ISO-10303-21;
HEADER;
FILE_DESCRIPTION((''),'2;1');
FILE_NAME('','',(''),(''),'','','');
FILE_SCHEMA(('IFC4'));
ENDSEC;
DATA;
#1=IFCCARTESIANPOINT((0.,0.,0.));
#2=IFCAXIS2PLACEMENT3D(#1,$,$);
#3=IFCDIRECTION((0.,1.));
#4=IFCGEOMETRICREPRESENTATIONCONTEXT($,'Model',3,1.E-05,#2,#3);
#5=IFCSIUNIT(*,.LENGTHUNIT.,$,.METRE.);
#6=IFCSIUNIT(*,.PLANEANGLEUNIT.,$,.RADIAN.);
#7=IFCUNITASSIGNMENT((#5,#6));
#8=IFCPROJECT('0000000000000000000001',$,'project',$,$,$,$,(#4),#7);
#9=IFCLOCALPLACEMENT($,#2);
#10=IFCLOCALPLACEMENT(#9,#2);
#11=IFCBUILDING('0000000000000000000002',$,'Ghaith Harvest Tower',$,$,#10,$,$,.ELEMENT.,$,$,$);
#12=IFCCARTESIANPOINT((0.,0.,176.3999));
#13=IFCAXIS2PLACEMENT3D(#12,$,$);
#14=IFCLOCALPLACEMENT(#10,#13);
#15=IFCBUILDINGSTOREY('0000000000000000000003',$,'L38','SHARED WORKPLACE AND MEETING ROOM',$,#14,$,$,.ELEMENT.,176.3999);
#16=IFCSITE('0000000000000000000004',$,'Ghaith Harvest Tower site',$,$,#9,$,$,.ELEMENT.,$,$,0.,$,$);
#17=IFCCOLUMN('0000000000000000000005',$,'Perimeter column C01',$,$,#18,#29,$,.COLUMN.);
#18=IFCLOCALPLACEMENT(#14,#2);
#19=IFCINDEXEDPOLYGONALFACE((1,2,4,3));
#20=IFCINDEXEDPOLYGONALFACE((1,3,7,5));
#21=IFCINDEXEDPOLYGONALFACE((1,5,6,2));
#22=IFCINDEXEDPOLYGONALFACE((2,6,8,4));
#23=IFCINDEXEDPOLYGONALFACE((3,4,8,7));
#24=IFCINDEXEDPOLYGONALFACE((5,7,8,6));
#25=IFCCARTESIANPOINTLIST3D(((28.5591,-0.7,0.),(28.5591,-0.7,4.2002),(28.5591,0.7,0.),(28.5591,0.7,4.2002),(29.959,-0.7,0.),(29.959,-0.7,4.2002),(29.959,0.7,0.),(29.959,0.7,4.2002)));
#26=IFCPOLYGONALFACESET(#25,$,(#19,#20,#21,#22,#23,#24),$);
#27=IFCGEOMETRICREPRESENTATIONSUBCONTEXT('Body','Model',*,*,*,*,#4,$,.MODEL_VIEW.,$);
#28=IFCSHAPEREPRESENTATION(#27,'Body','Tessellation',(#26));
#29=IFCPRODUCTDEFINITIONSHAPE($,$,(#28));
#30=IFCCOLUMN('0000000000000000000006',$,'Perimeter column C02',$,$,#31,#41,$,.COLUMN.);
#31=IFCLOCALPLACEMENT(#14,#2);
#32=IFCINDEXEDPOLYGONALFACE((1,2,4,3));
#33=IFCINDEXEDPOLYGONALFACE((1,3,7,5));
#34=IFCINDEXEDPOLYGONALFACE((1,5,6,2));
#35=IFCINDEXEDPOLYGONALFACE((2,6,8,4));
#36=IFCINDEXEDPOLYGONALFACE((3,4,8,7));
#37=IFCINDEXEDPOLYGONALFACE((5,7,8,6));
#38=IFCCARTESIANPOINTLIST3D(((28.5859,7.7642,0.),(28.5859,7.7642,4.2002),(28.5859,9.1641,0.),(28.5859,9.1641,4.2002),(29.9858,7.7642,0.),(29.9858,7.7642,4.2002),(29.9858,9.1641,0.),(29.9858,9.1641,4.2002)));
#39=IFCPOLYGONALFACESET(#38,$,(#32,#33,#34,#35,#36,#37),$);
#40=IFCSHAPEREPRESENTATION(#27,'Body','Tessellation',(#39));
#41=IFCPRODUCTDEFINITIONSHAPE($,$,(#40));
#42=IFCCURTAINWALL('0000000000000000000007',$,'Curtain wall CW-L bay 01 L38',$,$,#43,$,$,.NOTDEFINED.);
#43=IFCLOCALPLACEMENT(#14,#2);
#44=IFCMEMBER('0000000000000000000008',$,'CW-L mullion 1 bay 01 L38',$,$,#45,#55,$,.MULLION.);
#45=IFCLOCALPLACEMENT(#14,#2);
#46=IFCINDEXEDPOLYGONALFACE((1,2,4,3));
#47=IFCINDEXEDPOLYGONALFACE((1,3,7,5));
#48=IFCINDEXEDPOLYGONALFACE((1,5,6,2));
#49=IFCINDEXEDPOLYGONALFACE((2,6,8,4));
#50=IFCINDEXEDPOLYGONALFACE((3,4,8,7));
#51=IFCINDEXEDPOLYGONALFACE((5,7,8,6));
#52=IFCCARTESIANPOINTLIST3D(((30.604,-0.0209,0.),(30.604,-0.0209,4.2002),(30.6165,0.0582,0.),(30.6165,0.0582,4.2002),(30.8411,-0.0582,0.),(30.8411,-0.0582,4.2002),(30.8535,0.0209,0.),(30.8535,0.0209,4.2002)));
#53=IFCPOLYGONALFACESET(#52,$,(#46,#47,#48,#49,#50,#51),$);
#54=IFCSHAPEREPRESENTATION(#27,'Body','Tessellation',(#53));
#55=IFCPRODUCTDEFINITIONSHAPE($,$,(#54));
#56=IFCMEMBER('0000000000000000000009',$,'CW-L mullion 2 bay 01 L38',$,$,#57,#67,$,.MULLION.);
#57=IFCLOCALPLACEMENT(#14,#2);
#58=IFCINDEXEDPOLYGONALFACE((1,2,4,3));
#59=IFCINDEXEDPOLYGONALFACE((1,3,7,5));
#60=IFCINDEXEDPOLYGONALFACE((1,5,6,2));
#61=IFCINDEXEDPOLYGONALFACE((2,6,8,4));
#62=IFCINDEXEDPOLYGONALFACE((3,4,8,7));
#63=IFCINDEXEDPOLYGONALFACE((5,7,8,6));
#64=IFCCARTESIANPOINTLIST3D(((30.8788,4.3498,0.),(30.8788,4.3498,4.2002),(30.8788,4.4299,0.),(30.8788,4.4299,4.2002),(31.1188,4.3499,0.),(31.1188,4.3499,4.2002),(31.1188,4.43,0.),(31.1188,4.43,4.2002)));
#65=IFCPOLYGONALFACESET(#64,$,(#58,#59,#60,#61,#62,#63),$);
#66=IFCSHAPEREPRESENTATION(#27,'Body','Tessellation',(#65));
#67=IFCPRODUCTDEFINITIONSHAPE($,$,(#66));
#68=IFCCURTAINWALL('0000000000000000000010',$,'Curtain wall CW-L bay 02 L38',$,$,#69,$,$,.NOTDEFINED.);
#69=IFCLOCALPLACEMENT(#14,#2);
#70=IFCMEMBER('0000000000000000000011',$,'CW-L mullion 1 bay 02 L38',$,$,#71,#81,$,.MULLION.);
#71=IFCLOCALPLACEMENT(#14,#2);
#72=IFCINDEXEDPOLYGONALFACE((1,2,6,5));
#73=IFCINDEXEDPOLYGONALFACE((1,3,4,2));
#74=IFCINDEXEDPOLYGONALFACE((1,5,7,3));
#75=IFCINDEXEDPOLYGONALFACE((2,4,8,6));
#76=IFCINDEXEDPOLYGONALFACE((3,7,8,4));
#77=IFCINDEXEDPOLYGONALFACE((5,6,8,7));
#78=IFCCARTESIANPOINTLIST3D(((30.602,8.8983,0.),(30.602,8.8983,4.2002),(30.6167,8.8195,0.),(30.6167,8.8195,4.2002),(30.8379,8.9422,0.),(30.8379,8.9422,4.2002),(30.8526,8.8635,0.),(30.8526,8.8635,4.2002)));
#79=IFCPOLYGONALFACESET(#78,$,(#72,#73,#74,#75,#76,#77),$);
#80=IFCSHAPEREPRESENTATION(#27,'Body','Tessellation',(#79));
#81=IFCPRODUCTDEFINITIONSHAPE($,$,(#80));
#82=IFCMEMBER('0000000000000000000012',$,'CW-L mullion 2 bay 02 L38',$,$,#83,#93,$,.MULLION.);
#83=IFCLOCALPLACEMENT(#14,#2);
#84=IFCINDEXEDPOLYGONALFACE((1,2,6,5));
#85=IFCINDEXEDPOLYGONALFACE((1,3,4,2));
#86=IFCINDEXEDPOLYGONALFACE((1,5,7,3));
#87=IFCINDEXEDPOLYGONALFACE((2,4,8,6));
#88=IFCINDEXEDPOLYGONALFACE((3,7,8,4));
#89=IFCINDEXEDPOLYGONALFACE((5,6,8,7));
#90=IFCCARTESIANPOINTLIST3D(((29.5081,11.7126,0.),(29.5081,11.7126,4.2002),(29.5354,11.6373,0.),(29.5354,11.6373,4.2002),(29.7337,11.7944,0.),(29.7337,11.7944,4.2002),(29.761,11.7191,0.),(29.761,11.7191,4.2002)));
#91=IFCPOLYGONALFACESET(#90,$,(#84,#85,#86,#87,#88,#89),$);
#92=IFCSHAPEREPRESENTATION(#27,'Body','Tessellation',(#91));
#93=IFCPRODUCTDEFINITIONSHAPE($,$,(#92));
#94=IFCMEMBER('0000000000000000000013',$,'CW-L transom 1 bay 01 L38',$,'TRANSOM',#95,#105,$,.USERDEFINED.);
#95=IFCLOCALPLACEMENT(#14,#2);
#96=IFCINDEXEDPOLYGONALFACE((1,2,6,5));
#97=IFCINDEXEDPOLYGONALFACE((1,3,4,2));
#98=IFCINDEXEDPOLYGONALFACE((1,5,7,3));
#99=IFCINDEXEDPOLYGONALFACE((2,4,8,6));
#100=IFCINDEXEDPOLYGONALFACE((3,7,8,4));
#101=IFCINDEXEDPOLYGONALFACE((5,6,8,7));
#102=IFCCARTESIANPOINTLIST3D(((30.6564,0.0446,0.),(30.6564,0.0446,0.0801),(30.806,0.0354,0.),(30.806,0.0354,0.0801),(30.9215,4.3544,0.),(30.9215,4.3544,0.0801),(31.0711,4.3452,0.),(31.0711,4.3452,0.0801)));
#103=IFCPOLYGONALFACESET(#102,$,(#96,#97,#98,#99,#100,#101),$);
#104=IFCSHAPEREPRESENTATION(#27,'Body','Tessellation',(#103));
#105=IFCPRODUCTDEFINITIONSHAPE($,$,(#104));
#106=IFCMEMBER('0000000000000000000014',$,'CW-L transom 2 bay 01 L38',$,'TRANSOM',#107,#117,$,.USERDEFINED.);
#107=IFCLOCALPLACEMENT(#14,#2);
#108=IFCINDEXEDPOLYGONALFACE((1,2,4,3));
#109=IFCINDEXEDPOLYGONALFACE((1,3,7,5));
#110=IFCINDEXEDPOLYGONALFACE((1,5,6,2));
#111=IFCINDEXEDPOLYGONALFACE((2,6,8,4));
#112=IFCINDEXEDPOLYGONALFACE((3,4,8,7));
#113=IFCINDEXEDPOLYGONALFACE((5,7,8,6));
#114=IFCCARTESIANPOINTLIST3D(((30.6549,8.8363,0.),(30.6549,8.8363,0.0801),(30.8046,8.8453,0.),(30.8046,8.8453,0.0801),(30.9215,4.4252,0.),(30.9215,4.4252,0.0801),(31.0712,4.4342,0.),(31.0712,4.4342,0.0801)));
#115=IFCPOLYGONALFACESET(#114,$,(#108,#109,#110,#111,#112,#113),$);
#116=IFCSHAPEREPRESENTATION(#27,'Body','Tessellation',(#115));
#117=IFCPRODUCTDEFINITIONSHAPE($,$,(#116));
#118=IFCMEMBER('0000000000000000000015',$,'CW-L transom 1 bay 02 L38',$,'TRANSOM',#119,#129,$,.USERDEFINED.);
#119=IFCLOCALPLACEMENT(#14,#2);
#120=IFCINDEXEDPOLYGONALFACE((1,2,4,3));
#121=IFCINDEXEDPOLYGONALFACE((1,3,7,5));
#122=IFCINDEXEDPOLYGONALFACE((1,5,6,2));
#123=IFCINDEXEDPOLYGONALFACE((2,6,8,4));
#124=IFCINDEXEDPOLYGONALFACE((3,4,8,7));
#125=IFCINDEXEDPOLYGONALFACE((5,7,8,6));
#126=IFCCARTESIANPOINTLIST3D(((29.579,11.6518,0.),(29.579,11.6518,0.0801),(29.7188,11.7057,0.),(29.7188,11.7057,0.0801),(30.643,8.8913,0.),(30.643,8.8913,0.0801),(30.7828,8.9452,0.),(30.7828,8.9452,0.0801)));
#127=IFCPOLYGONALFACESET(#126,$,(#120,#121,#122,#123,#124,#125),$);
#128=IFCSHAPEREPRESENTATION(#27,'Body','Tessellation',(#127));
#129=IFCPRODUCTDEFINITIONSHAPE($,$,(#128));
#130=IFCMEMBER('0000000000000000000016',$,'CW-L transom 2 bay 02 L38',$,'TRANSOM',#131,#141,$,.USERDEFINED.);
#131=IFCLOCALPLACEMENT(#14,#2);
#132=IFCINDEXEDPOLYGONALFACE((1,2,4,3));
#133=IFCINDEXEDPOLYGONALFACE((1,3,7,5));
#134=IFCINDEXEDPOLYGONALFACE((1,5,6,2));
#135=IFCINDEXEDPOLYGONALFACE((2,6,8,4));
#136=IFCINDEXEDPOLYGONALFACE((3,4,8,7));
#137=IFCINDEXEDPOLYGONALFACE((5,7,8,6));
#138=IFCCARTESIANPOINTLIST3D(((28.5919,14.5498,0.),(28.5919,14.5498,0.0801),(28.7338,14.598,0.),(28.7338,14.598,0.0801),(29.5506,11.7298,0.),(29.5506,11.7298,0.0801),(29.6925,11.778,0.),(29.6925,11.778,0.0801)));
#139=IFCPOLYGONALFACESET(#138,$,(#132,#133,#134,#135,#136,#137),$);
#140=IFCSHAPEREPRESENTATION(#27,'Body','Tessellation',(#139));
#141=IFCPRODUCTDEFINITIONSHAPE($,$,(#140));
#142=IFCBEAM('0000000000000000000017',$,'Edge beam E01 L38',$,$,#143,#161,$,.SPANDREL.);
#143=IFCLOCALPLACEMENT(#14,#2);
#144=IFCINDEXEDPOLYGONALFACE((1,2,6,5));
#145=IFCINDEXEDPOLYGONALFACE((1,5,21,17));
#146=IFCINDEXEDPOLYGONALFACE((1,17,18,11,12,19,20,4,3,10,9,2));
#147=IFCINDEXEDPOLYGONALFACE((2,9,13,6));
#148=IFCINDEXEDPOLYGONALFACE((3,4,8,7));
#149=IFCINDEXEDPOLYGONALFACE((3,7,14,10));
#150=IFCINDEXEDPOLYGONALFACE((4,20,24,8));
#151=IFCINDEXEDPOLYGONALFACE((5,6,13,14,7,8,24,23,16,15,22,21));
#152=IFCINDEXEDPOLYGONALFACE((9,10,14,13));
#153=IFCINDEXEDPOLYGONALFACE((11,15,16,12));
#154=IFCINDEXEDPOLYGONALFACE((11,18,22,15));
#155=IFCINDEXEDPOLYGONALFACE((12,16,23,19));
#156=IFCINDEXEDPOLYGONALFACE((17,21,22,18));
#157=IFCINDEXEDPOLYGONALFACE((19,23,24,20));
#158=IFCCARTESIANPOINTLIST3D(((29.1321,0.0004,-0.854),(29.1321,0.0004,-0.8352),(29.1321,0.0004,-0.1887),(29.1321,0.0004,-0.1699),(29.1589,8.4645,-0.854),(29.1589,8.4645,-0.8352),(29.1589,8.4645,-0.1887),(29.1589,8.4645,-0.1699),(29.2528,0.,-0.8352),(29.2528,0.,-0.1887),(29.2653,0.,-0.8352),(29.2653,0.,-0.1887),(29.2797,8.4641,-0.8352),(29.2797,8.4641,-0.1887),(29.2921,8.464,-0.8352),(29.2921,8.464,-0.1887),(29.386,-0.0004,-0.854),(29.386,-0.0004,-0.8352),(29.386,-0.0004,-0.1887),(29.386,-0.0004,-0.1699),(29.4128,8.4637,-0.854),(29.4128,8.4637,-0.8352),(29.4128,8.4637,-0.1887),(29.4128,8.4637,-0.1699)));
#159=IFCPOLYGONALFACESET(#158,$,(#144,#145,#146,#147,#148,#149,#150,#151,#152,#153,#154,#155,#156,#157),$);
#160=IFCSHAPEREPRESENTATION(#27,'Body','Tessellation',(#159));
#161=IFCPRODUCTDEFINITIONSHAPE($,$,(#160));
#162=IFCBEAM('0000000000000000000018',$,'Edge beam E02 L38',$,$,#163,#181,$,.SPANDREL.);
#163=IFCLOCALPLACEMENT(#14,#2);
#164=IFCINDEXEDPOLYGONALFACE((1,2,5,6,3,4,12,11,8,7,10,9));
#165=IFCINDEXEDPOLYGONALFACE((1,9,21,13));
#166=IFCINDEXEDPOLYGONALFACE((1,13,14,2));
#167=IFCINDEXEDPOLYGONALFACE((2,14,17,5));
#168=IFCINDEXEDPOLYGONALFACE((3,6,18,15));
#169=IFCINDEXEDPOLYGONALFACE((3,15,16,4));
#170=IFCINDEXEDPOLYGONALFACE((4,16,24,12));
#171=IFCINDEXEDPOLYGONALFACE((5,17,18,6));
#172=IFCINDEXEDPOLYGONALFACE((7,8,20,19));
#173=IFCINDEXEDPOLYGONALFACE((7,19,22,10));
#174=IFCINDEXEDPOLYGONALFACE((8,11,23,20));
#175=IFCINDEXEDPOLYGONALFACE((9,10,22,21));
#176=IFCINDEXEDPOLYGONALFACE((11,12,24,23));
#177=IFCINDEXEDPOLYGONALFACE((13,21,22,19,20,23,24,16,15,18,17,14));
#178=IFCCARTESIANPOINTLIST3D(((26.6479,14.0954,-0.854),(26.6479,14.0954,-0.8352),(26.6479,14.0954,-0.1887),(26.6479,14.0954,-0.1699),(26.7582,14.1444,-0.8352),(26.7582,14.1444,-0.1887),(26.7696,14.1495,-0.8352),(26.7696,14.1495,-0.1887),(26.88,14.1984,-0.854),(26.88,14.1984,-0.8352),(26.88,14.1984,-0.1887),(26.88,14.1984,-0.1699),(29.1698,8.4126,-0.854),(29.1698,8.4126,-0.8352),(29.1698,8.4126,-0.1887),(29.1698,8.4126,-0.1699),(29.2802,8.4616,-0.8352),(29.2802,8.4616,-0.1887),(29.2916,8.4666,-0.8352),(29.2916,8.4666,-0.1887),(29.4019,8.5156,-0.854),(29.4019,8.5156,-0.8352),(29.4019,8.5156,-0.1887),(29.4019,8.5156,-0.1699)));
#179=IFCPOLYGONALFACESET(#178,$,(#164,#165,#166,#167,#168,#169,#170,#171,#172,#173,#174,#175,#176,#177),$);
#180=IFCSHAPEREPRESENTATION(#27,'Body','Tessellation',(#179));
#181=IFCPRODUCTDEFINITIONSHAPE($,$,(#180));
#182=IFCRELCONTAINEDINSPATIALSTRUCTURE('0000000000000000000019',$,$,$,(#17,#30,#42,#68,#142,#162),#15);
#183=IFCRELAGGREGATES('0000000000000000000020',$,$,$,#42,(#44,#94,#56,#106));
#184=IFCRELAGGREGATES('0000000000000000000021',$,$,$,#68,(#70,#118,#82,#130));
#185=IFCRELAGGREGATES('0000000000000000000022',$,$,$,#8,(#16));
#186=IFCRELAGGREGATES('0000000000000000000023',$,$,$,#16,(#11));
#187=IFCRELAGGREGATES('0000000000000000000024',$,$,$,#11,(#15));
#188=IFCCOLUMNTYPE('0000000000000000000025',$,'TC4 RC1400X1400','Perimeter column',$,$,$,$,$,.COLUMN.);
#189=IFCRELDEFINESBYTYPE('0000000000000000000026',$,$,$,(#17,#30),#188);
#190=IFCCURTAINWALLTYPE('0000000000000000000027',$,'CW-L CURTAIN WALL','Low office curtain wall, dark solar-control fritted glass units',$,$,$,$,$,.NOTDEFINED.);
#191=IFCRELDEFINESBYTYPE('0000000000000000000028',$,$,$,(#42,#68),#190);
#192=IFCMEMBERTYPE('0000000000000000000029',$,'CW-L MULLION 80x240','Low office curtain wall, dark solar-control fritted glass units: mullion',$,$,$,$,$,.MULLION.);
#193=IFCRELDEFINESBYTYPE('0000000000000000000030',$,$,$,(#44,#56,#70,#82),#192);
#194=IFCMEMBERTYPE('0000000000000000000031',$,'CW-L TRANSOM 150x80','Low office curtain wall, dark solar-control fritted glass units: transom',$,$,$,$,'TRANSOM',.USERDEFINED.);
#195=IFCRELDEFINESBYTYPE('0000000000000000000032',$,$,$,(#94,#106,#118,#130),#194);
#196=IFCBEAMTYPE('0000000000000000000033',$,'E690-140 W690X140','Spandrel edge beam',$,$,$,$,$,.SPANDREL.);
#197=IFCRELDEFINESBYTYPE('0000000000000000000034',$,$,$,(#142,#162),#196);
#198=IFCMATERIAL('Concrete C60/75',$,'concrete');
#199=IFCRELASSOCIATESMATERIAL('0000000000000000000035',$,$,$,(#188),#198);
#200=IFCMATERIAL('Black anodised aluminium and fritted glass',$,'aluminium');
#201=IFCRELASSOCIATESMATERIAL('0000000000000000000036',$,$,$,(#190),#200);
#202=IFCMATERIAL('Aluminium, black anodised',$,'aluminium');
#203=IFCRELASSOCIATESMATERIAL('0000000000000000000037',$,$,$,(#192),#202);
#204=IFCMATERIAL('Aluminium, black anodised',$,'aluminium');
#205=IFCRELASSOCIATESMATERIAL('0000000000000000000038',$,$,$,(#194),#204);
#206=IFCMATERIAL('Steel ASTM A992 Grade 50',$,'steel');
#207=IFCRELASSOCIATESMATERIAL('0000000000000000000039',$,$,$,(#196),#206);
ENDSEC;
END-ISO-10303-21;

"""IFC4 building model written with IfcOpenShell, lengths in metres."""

from ifc_helpers import new_model, si_unit, direction, frame, origin, origin_2d, place, context, subcontext, project, spatial, rectangle, i_section, extrude, material, material_profile, profile_set, type_object, element, aggregate, save


model = new_model("IFC4")

# Units and contexts
model_context = context("Model", 3, precision=1e-05, world=origin(), true_north=direction((0.0, 1.0)))
body_context = subcontext(model_context, "Body", "Model", "MODEL_VIEW")
ifc_project = project(units=[si_unit("LENGTHUNIT", "METRE"), si_unit("PLANEANGLEUNIT", "RADIAN")], contexts=[model_context])

# Site, building, storey
site_placement = place(None, origin())
site = spatial("IfcSite", under=ifc_project, at=site_placement, Name="Ghaith Harvest Tower site", CompositionType="ELEMENT", RefElevation=0.0)
building_placement = place(site_placement, origin())
building = spatial("IfcBuilding", under=site, at=building_placement, Name="Ghaith Harvest Tower", CompositionType="ELEMENT")
storey_placement = place(building_placement, frame((0.0, 0.0, 176.3999)))
storey = spatial("IfcBuildingStorey", under=building, at=storey_placement, Name="L38", Description="SHARED WORKPLACE AND MEETING ROOM", CompositionType="ELEMENT", Elevation=176.3999)

# Columns
ifc_material_1 = material(Name="Concrete C60/75", Category="concrete")
ifc_material_profile_1 = material_profile(ifc_material_1, rectangle(XDim=1.3999, YDim=1.3999, at=origin_2d()), Name="RC1400X1400")
ifc_profile_set_1 = profile_set([ifc_material_profile_1], Name="Concrete C60/75")
column_type = type_object("IfcColumnType", Name="TC4 RC1400X1400", Description="Perimeter column", PredefinedType="COLUMN", material=ifc_profile_set_1)
for number, where, z_axis, x_axis, name in (
    (1, (29.259, 0.0, 0.0), (0.0, 0.0, 1.0), (1.0, 0.0, 0.0), "Perimeter column C01"),
    (2, (29.2859, 8.4641, 0.0), (0.0, 0.0, 1.0), (1.0, 0.0, 0.0), "Perimeter column C02"),
):
    element("IfcColumn", number, at=place(storey_placement, frame(where, z_axis=z_axis, x_axis=x_axis)), inside=storey, type_object=column_type, Name=name, PredefinedType="COLUMN", context=body_context, shape_type="SweptSolid", body=[
        extrude(rectangle(XDim=1.3999, YDim=1.3999, at=origin_2d()), origin(), (0.0, 0.0, 1.0), 4.2002),
    ])

# Curtain walls, members
ifc_material_2 = material(Name="Black anodised aluminium and fritted glass", Category="aluminium")
curtain_wall_type = type_object("IfcCurtainWallType", Name="CW-L CURTAIN WALL", Description="Low office curtain wall, dark solar-control fritted glass units", PredefinedType="NOTDEFINED", material=ifc_material_2)
curtain_wall_1_placement = place(storey_placement, origin())
curtain_wall_1 = element("IfcCurtainWall", 3, at=curtain_wall_1_placement, inside=storey, type_object=curtain_wall_type, Name="Curtain wall CW-L bay 01 L38", PredefinedType="NOTDEFINED")
ifc_material_3 = material(Name="Aluminium, black anodised", Category="aluminium")
ifc_material_profile_2 = material_profile(ifc_material_3, rectangle(XDim=0.0801, YDim=0.24, at=origin_2d()), Name="CW-L MULLION 80x240")
ifc_profile_set_2 = profile_set([ifc_material_profile_2], Name="Aluminium, black anodised")
member_type_1 = type_object("IfcMemberType", Name="CW-L MULLION 80x240", Description="Low office curtain wall, dark solar-control fritted glass units: mullion", PredefinedType="MULLION", material=ifc_profile_set_2)
member_1_placement = place(storey_placement, frame((30.7288, 0.0, 0.0), z_axis=(0.0, 0.0, 1.0), x_axis=(0.155597, 0.987821, 0.0)))
member_1 = element("IfcMember", 4, at=member_1_placement, type_object=member_type_1, Name="CW-L mullion 1 bay 01 L38", PredefinedType="MULLION", context=body_context, shape_type="SweptSolid", body=[
    extrude(rectangle(XDim=0.0801, YDim=0.24, at=origin_2d()), origin(), (0.0, 0.0, 1.0), 4.2002),
])
member_2_placement = place(storey_placement, frame((30.9988, 4.3899, 0.0), z_axis=(0.0, 0.0, 1.0), x_axis=(-0.000162, 1.0, 0.0)))
member_2 = element("IfcMember", 5, at=member_2_placement, type_object=member_type_1, Name="CW-L mullion 2 bay 01 L38", PredefinedType="MULLION", context=body_context, shape_type="SweptSolid", body=[
    extrude(rectangle(XDim=0.0801, YDim=0.24, at=origin_2d()), origin(), (0.0, 0.0, 1.0), 4.2002),
])
curtain_wall_2_placement = place(storey_placement, origin())
curtain_wall_2 = element("IfcCurtainWall", 6, at=curtain_wall_2_placement, inside=storey, type_object=curtain_wall_type, Name="Curtain wall CW-L bay 02 L38", PredefinedType="NOTDEFINED")
member_3_placement = place(storey_placement, frame((30.7273, 8.8809, 0.0), z_axis=(0.0, 0.0, 1.0), x_axis=(-0.18307, 0.9831, 0.0)))
member_3 = element("IfcMember", 7, at=member_3_placement, type_object=member_type_1, Name="CW-L mullion 1 bay 02 L38", PredefinedType="MULLION", context=body_context, shape_type="SweptSolid", body=[
    extrude(rectangle(XDim=0.0801, YDim=0.24, at=origin_2d()), origin(), (0.0, 0.0, 1.0), 4.2002),
])
member_4_placement = place(storey_placement, frame((29.6345, 11.7158, 0.0), z_axis=(0.0, 0.0, 1.0), x_axis=(-0.340771, 0.940146, 0.0)))
member_4 = element("IfcMember", 8, at=member_4_placement, type_object=member_type_1, Name="CW-L mullion 2 bay 02 L38", PredefinedType="MULLION", context=body_context, shape_type="SweptSolid", body=[
    extrude(rectangle(XDim=0.0801, YDim=0.24, at=origin_2d()), origin(), (0.0, 0.0, 1.0), 4.2002),
])

# Members
ifc_material_4 = material(Name="Aluminium, black anodised", Category="aluminium")
ifc_material_profile_3 = material_profile(ifc_material_4, rectangle(XDim=0.1499, YDim=0.0801, at=origin_2d()), Name="CW-L TRANSOM 150x80")
ifc_profile_set_3 = profile_set([ifc_material_profile_3], Name="Aluminium, black anodised")
member_type_2 = type_object("IfcMemberType", Name="CW-L TRANSOM 150x80", Description="Low office curtain wall, dark solar-control fritted glass units: transom", ElementType="TRANSOM", PredefinedType="USERDEFINED", material=ifc_profile_set_3)
member_5_placement = place(storey_placement, frame((30.7312, 0.04, 0.04), z_axis=(0.061403, 0.998113, 0.0), x_axis=(-0.998113, 0.061403, 0.0)))
member_5 = element("IfcMember", 9, at=member_5_placement, type_object=member_type_2, Name="CW-L transom 1 bay 01 L38", ObjectType="TRANSOM", PredefinedType="USERDEFINED", context=body_context, shape_type="SweptSolid", body=[
    extrude(rectangle(XDim=0.1499, YDim=0.0801, at=origin_2d()), origin(), (0.0, 0.0, 1.0), 4.3179),
])
member_6_placement = place(storey_placement, frame((30.9963, 4.4297, 0.04), z_axis=(-0.060328, 0.998179, 0.0), x_axis=(-0.998179, -0.060328, 0.0)))
member_6 = element("IfcMember", 10, at=member_6_placement, type_object=member_type_2, Name="CW-L transom 2 bay 01 L38", ObjectType="TRANSOM", PredefinedType="USERDEFINED", context=body_context, shape_type="SweptSolid", body=[
    extrude(rectangle(XDim=0.1499, YDim=0.0801, at=origin_2d()), origin(), (0.0, 0.0, 1.0), 4.4192),
])
member_7_placement = place(storey_placement, frame((30.7129, 8.9182, 0.04), z_axis=(-0.359637, 0.933092, 0.0), x_axis=(-0.933092, -0.359637, 0.0)))
member_7 = element("IfcMember", 11, at=member_7_placement, type_object=member_type_2, Name="CW-L transom 1 bay 02 L38", ObjectType="TRANSOM", PredefinedType="USERDEFINED", context=body_context, shape_type="SweptSolid", body=[
    extrude(rectangle(XDim=0.1499, YDim=0.0801, at=origin_2d()), origin(), (0.0, 0.0, 1.0), 2.9585),
])
member_8_placement = place(storey_placement, frame((29.6216, 11.7539, 0.04), z_axis=(-0.321878, 0.946781, 0.0), x_axis=(-0.946781, -0.321878, 0.0)))
member_8 = element("IfcMember", 12, at=member_8_placement, type_object=member_type_2, Name="CW-L transom 2 bay 02 L38", ObjectType="TRANSOM", PredefinedType="USERDEFINED", context=body_context, shape_type="SweptSolid", body=[
    extrude(rectangle(XDim=0.1499, YDim=0.0801, at=origin_2d()), origin(), (0.0, 0.0, 1.0), 2.9785),
])

# Beams
ifc_material_5 = material(Name="Steel ASTM A992 Grade 50", Category="steel")
ifc_material_profile_4 = material_profile(ifc_material_5, i_section(OverallWidth=0.2539, OverallDepth=0.6841, WebThickness=0.0125, FlangeThickness=0.0188, at=origin_2d()), Name="W690X140")
ifc_profile_set_4 = profile_set([ifc_material_profile_4], Name="Steel ASTM A992 Grade 50")
beam_type = type_object("IfcBeamType", Name="E690-140 W690X140", Description="Spandrel edge beam", PredefinedType="SPANDREL", material=ifc_profile_set_4)
beam_1_placement = place(storey_placement, frame((29.259, 0.0, -0.512), z_axis=(0.003173, 0.999995, 0.0), x_axis=(-0.999995, 0.003173, 0.0)))
element("IfcBeam", 13, at=beam_1_placement, inside=storey, type_object=beam_type, Name="Edge beam E01 L38", PredefinedType="SPANDREL", context=body_context, shape_type="SweptSolid", body=[
    extrude(i_section(OverallWidth=0.2539, OverallDepth=0.6841, WebThickness=0.0125, FlangeThickness=0.0188, at=origin_2d()), origin(), (0.0, 0.0, 1.0), 8.4641),
])
beam_2_placement = place(storey_placement, frame((29.2859, 8.4641, -0.512), z_axis=(-0.405636, 0.914035, 0.0), x_axis=(-0.914035, -0.405636, 0.0)))
element("IfcBeam", 14, at=beam_2_placement, inside=storey, type_object=beam_type, Name="Edge beam E02 L38", PredefinedType="SPANDREL", context=body_context, shape_type="SweptSolid", body=[
    extrude(i_section(OverallWidth=0.2539, OverallDepth=0.6841, WebThickness=0.0125, FlangeThickness=0.0188, at=origin_2d()), origin(), (0.0, 0.0, 1.0), 6.2173),
])

aggregate(curtain_wall_1, [member_1, member_5, member_2, member_6])
aggregate(curtain_wall_2, [member_3, member_7, member_4, member_8])

save(model, "model.ifc")
